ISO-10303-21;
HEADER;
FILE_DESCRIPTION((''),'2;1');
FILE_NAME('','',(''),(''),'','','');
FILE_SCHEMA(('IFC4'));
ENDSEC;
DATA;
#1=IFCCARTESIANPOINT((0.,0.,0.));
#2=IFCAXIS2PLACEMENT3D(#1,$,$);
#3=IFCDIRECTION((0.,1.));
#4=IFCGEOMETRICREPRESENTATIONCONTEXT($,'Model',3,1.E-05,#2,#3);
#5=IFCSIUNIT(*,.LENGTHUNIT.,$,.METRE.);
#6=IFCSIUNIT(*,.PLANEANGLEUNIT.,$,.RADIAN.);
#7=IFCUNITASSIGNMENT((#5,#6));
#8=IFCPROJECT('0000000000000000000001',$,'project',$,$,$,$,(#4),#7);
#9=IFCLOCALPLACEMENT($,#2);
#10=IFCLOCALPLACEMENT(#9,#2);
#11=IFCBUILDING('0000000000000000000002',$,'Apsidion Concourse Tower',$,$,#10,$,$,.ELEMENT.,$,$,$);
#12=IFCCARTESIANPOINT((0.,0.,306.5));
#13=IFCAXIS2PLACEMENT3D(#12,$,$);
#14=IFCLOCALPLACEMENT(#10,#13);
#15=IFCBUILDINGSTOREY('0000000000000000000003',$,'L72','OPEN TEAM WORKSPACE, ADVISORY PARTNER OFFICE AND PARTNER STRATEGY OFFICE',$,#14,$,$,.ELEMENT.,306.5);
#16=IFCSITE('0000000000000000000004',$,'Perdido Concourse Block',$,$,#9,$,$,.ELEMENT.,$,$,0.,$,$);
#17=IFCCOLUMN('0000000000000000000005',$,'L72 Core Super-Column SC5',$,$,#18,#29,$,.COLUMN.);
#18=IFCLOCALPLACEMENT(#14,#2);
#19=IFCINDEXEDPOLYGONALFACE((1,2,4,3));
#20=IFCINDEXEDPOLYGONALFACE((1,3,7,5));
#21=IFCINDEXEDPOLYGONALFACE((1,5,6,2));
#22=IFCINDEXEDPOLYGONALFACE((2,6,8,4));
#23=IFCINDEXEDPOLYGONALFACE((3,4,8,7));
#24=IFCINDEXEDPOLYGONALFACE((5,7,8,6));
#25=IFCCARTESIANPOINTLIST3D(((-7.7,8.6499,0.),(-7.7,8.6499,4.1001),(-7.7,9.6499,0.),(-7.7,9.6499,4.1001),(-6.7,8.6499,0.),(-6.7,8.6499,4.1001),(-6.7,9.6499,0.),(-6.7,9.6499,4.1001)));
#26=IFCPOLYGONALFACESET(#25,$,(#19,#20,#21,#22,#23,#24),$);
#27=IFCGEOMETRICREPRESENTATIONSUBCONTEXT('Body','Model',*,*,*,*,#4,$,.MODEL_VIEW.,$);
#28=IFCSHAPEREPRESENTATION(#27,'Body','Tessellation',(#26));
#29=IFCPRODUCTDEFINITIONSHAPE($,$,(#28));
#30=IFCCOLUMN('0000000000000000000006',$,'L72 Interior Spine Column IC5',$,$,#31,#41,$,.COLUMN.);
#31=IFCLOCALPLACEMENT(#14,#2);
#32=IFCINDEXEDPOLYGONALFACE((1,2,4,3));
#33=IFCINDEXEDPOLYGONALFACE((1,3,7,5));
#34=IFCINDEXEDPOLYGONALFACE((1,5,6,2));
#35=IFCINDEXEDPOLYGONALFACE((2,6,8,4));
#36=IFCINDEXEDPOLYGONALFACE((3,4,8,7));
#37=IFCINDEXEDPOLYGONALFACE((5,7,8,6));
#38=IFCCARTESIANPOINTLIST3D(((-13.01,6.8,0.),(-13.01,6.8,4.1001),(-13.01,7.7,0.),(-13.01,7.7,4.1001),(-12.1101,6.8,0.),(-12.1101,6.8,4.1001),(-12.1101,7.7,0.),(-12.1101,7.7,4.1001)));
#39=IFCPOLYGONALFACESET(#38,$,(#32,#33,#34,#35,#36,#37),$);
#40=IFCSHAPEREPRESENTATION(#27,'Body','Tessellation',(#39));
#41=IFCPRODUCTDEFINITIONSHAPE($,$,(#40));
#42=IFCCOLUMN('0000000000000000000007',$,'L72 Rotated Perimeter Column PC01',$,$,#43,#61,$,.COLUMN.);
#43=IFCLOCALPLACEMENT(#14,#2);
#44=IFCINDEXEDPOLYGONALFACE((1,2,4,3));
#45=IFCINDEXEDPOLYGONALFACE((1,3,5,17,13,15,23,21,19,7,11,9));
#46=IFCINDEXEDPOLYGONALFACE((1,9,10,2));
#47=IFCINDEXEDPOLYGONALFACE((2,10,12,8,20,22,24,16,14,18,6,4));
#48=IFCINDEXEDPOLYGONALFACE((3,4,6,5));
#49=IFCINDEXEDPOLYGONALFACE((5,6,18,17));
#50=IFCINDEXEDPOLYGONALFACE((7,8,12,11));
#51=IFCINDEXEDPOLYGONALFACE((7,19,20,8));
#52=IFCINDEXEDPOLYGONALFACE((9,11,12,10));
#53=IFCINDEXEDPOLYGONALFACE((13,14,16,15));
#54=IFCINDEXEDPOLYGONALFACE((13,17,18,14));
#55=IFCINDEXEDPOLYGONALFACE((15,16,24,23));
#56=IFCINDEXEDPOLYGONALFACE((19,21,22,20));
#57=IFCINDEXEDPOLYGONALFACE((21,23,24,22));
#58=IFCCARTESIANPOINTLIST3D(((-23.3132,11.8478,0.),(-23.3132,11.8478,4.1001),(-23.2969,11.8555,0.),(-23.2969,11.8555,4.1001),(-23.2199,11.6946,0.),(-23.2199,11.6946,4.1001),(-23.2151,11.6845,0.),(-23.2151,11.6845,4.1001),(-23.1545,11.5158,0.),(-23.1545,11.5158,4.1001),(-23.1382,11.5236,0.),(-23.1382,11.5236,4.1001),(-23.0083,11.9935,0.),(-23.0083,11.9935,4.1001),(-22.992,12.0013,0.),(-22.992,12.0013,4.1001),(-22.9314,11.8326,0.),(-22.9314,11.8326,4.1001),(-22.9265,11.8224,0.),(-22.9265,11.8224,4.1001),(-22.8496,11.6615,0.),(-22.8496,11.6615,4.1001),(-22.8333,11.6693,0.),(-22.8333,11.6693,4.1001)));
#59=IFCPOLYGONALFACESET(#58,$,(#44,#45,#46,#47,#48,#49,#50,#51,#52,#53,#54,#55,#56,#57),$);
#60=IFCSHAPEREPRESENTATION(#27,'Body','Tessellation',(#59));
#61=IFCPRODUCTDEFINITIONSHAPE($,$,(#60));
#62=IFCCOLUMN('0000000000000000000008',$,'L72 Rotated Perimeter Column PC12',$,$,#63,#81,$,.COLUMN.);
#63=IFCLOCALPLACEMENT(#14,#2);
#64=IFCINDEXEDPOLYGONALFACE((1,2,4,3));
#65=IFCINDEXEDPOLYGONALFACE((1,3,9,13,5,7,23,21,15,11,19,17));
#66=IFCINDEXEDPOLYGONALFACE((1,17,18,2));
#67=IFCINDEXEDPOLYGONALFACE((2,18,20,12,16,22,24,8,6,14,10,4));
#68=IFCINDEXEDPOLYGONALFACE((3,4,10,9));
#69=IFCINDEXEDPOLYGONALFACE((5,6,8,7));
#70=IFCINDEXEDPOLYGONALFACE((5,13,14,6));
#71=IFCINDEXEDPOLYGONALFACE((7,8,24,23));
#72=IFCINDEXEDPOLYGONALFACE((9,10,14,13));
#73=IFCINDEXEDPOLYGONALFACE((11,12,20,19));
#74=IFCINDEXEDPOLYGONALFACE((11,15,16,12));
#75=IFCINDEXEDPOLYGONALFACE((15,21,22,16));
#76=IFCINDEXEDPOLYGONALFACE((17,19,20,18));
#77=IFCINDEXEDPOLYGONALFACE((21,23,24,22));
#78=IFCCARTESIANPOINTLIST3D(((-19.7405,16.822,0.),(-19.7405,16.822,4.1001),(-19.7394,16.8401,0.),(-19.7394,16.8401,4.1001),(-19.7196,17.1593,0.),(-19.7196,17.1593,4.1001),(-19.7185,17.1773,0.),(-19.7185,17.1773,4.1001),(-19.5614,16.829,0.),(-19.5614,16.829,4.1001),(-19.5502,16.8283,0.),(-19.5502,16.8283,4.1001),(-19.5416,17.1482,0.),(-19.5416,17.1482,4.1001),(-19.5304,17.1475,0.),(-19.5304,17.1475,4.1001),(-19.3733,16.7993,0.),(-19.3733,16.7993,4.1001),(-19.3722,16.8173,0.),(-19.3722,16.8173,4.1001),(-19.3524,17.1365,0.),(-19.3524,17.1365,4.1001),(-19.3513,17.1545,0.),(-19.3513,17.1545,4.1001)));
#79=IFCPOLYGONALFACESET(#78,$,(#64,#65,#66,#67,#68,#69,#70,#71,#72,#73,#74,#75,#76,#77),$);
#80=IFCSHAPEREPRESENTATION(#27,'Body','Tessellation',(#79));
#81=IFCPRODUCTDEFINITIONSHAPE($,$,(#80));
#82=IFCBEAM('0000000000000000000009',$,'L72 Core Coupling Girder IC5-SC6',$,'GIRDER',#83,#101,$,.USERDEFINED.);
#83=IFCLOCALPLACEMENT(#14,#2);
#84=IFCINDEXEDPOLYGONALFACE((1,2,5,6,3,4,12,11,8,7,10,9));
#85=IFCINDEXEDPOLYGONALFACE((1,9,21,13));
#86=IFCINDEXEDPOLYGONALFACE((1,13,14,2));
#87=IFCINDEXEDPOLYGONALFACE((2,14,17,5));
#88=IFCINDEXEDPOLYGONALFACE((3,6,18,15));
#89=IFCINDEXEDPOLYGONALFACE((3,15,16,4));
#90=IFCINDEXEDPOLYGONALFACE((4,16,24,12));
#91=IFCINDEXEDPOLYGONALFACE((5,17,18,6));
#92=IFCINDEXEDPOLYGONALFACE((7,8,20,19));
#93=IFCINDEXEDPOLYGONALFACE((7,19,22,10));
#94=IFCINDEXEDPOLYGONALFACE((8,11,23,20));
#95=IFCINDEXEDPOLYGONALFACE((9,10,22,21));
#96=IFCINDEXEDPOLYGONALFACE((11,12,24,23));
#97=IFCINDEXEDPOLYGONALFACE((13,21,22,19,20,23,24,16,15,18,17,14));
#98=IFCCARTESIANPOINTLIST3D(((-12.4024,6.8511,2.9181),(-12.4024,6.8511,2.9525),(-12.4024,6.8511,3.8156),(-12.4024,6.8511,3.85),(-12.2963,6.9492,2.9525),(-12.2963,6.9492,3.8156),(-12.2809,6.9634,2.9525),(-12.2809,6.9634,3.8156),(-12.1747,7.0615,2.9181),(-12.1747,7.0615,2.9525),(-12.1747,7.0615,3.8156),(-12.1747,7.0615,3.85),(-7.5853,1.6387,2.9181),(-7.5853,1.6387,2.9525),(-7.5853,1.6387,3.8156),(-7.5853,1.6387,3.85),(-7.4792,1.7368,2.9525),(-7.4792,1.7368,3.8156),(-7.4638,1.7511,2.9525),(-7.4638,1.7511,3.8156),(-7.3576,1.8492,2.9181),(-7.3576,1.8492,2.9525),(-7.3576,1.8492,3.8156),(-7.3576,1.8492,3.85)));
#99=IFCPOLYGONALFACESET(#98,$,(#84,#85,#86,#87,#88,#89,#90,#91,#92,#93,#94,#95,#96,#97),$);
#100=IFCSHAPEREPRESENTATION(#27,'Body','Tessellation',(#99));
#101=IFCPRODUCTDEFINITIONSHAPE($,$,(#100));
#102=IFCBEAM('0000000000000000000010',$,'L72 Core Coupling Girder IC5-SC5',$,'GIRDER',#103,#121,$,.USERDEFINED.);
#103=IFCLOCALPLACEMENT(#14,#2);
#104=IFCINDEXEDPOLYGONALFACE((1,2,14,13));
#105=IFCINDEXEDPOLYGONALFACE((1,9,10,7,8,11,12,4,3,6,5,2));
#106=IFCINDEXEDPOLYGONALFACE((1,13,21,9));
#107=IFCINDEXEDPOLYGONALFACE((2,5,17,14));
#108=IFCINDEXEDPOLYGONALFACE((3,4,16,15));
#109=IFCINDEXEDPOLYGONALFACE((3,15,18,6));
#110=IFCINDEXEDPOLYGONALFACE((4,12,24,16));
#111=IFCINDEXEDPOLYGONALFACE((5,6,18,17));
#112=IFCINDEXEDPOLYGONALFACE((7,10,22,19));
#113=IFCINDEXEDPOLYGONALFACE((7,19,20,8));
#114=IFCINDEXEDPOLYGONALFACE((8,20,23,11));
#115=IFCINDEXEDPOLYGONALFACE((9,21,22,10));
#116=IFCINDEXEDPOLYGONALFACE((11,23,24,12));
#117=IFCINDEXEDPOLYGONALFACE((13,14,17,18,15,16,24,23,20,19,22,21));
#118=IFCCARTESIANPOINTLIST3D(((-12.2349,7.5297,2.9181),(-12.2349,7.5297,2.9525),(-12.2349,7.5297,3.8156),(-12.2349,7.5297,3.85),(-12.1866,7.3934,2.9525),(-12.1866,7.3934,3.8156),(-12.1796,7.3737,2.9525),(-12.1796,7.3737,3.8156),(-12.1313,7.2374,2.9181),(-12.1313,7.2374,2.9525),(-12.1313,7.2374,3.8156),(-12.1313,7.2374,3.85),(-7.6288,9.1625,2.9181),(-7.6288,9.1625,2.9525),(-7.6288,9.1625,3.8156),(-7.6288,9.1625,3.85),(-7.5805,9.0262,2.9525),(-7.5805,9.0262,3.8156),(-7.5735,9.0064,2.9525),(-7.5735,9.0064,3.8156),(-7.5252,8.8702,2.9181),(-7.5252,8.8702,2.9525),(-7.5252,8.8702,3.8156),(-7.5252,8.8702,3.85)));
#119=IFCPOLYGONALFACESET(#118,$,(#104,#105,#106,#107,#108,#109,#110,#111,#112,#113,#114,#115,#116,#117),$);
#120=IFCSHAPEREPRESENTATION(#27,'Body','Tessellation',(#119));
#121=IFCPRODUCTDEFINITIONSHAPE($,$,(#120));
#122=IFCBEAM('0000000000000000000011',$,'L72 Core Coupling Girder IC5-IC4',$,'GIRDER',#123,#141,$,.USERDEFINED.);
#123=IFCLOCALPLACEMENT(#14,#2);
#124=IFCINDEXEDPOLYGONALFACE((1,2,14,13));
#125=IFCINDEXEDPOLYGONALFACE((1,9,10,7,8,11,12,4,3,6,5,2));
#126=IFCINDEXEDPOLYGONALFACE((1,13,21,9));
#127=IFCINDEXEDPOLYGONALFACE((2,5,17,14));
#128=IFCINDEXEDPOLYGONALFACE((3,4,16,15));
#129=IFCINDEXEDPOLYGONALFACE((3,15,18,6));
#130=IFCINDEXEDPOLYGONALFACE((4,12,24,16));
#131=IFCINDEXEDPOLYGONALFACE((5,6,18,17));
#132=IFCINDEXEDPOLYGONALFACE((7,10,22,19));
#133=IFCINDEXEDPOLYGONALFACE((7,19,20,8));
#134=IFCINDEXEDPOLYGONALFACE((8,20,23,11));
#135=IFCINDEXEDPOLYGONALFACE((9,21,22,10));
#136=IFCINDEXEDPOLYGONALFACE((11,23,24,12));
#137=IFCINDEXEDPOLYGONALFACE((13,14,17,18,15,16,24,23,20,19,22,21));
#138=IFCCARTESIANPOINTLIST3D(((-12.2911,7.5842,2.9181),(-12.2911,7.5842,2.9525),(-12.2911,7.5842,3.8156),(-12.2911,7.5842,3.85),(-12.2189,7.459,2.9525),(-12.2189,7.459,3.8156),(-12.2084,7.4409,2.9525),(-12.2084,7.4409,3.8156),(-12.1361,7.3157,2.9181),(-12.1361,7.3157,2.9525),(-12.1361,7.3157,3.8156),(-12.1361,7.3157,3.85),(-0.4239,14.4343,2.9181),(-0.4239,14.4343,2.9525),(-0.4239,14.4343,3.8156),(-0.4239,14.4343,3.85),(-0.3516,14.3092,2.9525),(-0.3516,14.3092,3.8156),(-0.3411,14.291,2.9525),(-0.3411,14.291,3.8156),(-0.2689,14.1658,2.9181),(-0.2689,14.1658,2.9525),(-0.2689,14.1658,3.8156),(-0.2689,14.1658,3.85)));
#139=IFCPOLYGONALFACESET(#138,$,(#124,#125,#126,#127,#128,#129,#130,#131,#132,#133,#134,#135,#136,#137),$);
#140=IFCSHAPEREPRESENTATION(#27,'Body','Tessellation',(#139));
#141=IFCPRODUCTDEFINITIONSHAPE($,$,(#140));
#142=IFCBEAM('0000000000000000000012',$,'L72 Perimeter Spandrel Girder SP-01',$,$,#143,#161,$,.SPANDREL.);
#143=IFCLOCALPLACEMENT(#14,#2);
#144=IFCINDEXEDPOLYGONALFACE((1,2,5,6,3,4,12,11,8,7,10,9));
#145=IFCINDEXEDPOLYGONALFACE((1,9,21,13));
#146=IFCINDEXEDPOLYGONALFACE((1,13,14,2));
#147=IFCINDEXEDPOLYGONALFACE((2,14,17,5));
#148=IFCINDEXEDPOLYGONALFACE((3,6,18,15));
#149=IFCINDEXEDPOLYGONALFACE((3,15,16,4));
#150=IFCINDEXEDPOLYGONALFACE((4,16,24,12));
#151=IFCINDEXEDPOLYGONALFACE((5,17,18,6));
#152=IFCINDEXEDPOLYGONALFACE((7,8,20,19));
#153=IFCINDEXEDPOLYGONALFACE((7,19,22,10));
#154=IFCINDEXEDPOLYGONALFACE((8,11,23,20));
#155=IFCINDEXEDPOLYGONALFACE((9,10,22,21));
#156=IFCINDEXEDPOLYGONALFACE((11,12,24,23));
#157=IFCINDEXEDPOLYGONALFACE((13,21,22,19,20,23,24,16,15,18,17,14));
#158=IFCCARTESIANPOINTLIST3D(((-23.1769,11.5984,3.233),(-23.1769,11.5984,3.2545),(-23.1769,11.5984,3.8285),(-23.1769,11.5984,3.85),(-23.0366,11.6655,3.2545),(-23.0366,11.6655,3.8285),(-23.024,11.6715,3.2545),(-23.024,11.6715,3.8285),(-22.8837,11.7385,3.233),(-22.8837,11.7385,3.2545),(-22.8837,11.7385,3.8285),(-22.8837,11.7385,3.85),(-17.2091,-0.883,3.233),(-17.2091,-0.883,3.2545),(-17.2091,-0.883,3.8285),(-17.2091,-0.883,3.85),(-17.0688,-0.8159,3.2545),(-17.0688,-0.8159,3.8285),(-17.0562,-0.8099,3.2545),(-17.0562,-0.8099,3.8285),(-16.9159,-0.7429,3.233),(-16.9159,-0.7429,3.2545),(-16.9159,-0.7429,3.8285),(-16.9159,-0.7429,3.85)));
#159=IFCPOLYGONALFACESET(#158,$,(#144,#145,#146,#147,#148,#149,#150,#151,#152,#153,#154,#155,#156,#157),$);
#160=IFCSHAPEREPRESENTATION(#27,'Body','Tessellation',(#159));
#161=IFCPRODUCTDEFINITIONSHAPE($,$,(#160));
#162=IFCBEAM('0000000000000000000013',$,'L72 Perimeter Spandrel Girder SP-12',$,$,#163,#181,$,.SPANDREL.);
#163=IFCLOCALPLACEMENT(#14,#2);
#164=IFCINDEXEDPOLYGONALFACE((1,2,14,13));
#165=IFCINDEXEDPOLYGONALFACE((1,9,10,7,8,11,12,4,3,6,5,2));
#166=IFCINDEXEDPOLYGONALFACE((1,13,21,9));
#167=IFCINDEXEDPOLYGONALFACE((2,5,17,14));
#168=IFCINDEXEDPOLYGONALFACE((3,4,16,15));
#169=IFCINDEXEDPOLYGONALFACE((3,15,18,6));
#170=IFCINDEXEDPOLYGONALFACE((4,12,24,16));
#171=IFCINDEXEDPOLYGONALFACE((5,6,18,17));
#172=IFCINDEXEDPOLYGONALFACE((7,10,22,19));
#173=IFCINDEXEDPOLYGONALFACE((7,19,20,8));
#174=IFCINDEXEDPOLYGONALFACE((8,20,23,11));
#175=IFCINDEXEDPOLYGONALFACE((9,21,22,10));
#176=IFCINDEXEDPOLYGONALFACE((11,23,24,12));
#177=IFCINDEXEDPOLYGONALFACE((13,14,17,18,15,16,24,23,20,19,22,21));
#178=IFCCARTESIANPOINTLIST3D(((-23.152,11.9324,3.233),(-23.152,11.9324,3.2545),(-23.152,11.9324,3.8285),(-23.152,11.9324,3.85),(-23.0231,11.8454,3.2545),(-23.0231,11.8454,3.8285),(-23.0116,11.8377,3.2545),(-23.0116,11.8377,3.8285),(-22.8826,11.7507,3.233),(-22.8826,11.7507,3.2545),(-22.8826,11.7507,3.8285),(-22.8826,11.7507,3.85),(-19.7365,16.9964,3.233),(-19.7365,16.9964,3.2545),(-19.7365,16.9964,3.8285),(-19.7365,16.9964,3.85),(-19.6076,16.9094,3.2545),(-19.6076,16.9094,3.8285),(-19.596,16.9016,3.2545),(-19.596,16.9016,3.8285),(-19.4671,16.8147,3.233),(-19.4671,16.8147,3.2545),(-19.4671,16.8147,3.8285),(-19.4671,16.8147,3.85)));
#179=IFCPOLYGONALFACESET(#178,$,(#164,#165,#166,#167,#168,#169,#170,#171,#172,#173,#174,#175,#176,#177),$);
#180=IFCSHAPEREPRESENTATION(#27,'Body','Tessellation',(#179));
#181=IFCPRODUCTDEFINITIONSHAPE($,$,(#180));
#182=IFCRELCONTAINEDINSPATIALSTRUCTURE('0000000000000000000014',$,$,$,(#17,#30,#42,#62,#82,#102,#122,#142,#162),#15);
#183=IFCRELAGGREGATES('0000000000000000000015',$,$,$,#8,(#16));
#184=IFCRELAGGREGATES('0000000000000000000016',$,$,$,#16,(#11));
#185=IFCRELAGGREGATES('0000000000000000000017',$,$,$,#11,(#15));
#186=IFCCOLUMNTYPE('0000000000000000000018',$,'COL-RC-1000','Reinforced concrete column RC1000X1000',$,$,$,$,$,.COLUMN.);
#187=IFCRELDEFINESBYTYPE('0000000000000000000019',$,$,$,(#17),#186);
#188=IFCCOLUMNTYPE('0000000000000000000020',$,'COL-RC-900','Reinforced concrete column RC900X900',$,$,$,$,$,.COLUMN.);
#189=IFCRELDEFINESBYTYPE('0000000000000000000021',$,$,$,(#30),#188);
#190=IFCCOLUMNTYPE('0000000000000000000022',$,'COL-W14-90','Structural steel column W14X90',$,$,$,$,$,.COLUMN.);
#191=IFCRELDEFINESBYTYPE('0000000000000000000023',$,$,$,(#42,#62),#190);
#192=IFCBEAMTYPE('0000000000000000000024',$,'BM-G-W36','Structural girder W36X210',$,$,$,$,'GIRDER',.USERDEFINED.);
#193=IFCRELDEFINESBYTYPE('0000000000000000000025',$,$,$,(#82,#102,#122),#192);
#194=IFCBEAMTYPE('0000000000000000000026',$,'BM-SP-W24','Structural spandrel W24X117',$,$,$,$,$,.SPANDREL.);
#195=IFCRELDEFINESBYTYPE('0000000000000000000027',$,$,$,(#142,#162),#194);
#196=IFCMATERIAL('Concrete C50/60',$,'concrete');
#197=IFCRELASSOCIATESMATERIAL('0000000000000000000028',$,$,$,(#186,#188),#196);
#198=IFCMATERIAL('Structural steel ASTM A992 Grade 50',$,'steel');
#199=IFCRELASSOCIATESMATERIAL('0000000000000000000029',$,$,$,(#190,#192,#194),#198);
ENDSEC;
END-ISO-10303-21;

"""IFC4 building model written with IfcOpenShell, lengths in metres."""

from ifc_helpers import new_model, si_unit, direction, frame, origin, origin_2d, place, context, subcontext, project, spatial, rectangle, i_section, extrude, material, material_profile, profile_set, type_object, element, save


model = new_model("IFC4")

# Units and contexts
model_context = context("Model", 3, precision=1e-05, world=origin(), true_north=direction((0.0, 1.0)))
body_context = subcontext(model_context, "Body", "Model", "MODEL_VIEW")
ifc_project = project(units=[si_unit("LENGTHUNIT", "METRE"), si_unit("PLANEANGLEUNIT", "RADIAN")], contexts=[model_context])

# Site, building, storey
site_placement = place(None, origin())
site = spatial("IfcSite", under=ifc_project, at=site_placement, Name="Perdido Concourse Block", CompositionType="ELEMENT", RefElevation=0.0)
building_placement = place(site_placement, origin())
building = spatial("IfcBuilding", under=site, at=building_placement, Name="Apsidion Concourse Tower", CompositionType="ELEMENT")
storey_placement = place(building_placement, frame((0.0, 0.0, 306.5)))
storey = spatial("IfcBuildingStorey", under=building, at=storey_placement, Name="L72", Description="OPEN TEAM WORKSPACE, ADVISORY PARTNER OFFICE AND PARTNER STRATEGY OFFICE", CompositionType="ELEMENT", Elevation=306.5)

# Columns
ifc_material_1 = material(Name="Concrete C50/60", Category="concrete")
ifc_material_profile_1 = material_profile(ifc_material_1, rectangle(XDim=1.0, YDim=1.0, at=origin_2d()), Name="RC 1000x1000")
ifc_profile_set_1 = profile_set([ifc_material_profile_1], Name="Concrete C50/60")
column_type_1 = type_object("IfcColumnType", Name="COL-RC-1000", Description="Reinforced concrete column RC1000X1000", PredefinedType="COLUMN", material=ifc_profile_set_1)
column_1_placement = place(storey_placement, frame((-7.2, 9.1499, 0.0), z_axis=(0.0, 0.0, 1.0), x_axis=(1.0, 0.0, 0.0)))
element("IfcColumn", 1, at=column_1_placement, inside=storey, type_object=column_type_1, Name="L72 Core Super-Column SC5", PredefinedType="COLUMN", context=body_context, shape_type="SweptSolid", body=[
    extrude(rectangle(XDim=1.0, YDim=1.0, at=origin_2d()), origin(), (0.0, 0.0, 1.0), 4.1001),
])
ifc_material_profile_2 = material_profile(ifc_material_1, rectangle(XDim=0.8999, YDim=0.8999, at=origin_2d()), Name="RC 900x900")
ifc_profile_set_2 = profile_set([ifc_material_profile_2], Name="Concrete C50/60")
column_type_2 = type_object("IfcColumnType", Name="COL-RC-900", Description="Reinforced concrete column RC900X900", PredefinedType="COLUMN", material=ifc_profile_set_2)
column_2_placement = place(storey_placement, frame((-12.5601, 7.25, 0.0), z_axis=(0.0, 0.0, 1.0), x_axis=(1.0, 0.0, 0.0)))
element("IfcColumn", 2, at=column_2_placement, inside=storey, type_object=column_type_2, Name="L72 Interior Spine Column IC5", PredefinedType="COLUMN", context=body_context, shape_type="SweptSolid", body=[
    extrude(rectangle(XDim=0.8999, YDim=0.8999, at=origin_2d()), origin(), (0.0, 0.0, 1.0), 4.1001),
])
ifc_material_2 = material(Name="Structural steel ASTM A992 Grade 50", Category="steel")
ifc_material_profile_3 = material_profile(ifc_material_2, i_section(OverallWidth=0.3679, OverallDepth=0.356, WebThickness=0.0112, FlangeThickness=0.0181, at=origin_2d()), Name="W14X90")
ifc_profile_set_3 = profile_set([ifc_material_profile_3], Name="Structural steel ASTM A992 Grade 50")
column_type_3 = type_object("IfcColumnType", Name="COL-W14-90", Description="Structural steel column W14X90", PredefinedType="COLUMN", material=ifc_profile_set_3)
for number, where, z_axis, x_axis, name in (
    (3, (-23.0732, 11.7585, 0.0), (0.0, 0.0, 1.0), (-0.431299, 0.902209, 0.0), "L72 Rotated Perimeter Column PC01"),
    (4, (-19.5459, 16.9883, 0.0), (0.0, 0.0, 1.0), (-0.998081, 0.06192, 0.0), "L72 Rotated Perimeter Column PC12"),
):
    element("IfcColumn", number, at=place(storey_placement, frame(where, z_axis=z_axis, x_axis=x_axis)), inside=storey, type_object=column_type_3, Name=name, PredefinedType="COLUMN", context=body_context, shape_type="SweptSolid", body=[
        extrude(i_section(OverallWidth=0.3679, OverallDepth=0.356, WebThickness=0.0112, FlangeThickness=0.0181, at=origin_2d()), origin(), (0.0, 0.0, 1.0), 4.1001),
    ])

# Beams
ifc_material_profile_4 = material_profile(ifc_material_2, i_section(OverallWidth=0.3101, OverallDepth=0.9319, WebThickness=0.021, FlangeThickness=0.0344, at=origin_2d()), Name="W36X210")
ifc_profile_set_4 = profile_set([ifc_material_profile_4], Name="Structural steel ASTM A992 Grade 50")
beam_type_1 = type_object("IfcBeamType", Name="BM-G-W36", Description="Structural girder W36X210", ElementType="GIRDER", PredefinedType="USERDEFINED", material=ifc_profile_set_4)
beam_1_placement = place(storey_placement, frame((-12.2886, 6.9563, 3.384), z_axis=(0.678713, -0.734404, 0.0), x_axis=(0.734404, 0.678713, 0.0)))
element("IfcBeam", 5, at=beam_1_placement, inside=storey, type_object=beam_type_1, Name="L72 Core Coupling Girder IC5-SC6", ObjectType="GIRDER", PredefinedType="USERDEFINED", context=body_context, shape_type="SweptSolid", body=[
    extrude(i_section(OverallWidth=0.3101, OverallDepth=0.9319, WebThickness=0.021, FlangeThickness=0.0344, at=origin_2d()), origin(), (0.0, 0.0, 1.0), 7.0974),
])
beam_2_placement = place(storey_placement, frame((-12.1831, 7.3835, 3.384), z_axis=(0.942534, 0.334111, 0.0), x_axis=(-0.334111, 0.942534, 0.0)))
element("IfcBeam", 6, at=beam_2_placement, inside=storey, type_object=beam_type_1, Name="L72 Core Coupling Girder IC5-SC5", ObjectType="GIRDER", PredefinedType="USERDEFINED", context=body_context, shape_type="SweptSolid", body=[
    extrude(i_section(OverallWidth=0.3101, OverallDepth=0.9319, WebThickness=0.021, FlangeThickness=0.0344, at=origin_2d()), origin(), (0.0, 0.0, 1.0), 4.887),
])
beam_3_placement = place(storey_placement, frame((-12.2136, 7.45, 3.384), z_axis=(0.86607, 0.499922, 0.0), x_axis=(-0.499922, 0.86607, 0.0)))
element("IfcBeam", 7, at=beam_3_placement, inside=storey, type_object=beam_type_1, Name="L72 Core Coupling Girder IC5-IC4", ObjectType="GIRDER", PredefinedType="USERDEFINED", context=body_context, shape_type="SweptSolid", body=[
    extrude(i_section(OverallWidth=0.3101, OverallDepth=0.9319, WebThickness=0.021, FlangeThickness=0.0344, at=origin_2d()), origin(), (0.0, 0.0, 1.0), 13.7024),
])
ifc_material_profile_5 = material_profile(ifc_material_2, i_section(OverallWidth=0.325, OverallDepth=0.6169, WebThickness=0.0139, FlangeThickness=0.0215, at=origin_2d()), Name="W24X117")
ifc_profile_set_5 = profile_set([ifc_material_profile_5], Name="Structural steel ASTM A992 Grade 50")
beam_type_2 = type_object("IfcBeamType", Name="BM-SP-W24", Description="Structural spandrel W24X117", PredefinedType="SPANDREL", material=ifc_profile_set_5)
beam_4_placement = place(storey_placement, frame((-23.0303, 11.6685, 3.5415), z_axis=(0.431361, -0.90218, 0.0), x_axis=(0.90218, 0.431361, 0.0)))
element("IfcBeam", 8, at=beam_4_placement, inside=storey, type_object=beam_type_2, Name="L72 Perimeter Spandrel Girder SP-01", PredefinedType="SPANDREL", context=body_context, shape_type="SweptSolid", body=[
    extrude(i_section(OverallWidth=0.325, OverallDepth=0.6169, WebThickness=0.0139, FlangeThickness=0.0215, at=origin_2d()), origin(), (0.0, 0.0, 1.0), 13.8347),
])
beam_5_placement = place(storey_placement, frame((-19.6018, 16.9055, 3.5415), z_axis=(-0.559175, -0.82905, 0.0), x_axis=(0.82905, -0.559175, 0.0)))
element("IfcBeam", 9, at=beam_5_placement, inside=storey, type_object=beam_type_2, Name="L72 Perimeter Spandrel Girder SP-12", PredefinedType="SPANDREL", context=body_context, shape_type="SweptSolid", body=[
    extrude(i_section(OverallWidth=0.325, OverallDepth=0.6169, WebThickness=0.0139, FlangeThickness=0.0215, at=origin_2d()), origin(), (0.0, 0.0, 1.0), 6.1082),
])

save(model, "model.ifc")
